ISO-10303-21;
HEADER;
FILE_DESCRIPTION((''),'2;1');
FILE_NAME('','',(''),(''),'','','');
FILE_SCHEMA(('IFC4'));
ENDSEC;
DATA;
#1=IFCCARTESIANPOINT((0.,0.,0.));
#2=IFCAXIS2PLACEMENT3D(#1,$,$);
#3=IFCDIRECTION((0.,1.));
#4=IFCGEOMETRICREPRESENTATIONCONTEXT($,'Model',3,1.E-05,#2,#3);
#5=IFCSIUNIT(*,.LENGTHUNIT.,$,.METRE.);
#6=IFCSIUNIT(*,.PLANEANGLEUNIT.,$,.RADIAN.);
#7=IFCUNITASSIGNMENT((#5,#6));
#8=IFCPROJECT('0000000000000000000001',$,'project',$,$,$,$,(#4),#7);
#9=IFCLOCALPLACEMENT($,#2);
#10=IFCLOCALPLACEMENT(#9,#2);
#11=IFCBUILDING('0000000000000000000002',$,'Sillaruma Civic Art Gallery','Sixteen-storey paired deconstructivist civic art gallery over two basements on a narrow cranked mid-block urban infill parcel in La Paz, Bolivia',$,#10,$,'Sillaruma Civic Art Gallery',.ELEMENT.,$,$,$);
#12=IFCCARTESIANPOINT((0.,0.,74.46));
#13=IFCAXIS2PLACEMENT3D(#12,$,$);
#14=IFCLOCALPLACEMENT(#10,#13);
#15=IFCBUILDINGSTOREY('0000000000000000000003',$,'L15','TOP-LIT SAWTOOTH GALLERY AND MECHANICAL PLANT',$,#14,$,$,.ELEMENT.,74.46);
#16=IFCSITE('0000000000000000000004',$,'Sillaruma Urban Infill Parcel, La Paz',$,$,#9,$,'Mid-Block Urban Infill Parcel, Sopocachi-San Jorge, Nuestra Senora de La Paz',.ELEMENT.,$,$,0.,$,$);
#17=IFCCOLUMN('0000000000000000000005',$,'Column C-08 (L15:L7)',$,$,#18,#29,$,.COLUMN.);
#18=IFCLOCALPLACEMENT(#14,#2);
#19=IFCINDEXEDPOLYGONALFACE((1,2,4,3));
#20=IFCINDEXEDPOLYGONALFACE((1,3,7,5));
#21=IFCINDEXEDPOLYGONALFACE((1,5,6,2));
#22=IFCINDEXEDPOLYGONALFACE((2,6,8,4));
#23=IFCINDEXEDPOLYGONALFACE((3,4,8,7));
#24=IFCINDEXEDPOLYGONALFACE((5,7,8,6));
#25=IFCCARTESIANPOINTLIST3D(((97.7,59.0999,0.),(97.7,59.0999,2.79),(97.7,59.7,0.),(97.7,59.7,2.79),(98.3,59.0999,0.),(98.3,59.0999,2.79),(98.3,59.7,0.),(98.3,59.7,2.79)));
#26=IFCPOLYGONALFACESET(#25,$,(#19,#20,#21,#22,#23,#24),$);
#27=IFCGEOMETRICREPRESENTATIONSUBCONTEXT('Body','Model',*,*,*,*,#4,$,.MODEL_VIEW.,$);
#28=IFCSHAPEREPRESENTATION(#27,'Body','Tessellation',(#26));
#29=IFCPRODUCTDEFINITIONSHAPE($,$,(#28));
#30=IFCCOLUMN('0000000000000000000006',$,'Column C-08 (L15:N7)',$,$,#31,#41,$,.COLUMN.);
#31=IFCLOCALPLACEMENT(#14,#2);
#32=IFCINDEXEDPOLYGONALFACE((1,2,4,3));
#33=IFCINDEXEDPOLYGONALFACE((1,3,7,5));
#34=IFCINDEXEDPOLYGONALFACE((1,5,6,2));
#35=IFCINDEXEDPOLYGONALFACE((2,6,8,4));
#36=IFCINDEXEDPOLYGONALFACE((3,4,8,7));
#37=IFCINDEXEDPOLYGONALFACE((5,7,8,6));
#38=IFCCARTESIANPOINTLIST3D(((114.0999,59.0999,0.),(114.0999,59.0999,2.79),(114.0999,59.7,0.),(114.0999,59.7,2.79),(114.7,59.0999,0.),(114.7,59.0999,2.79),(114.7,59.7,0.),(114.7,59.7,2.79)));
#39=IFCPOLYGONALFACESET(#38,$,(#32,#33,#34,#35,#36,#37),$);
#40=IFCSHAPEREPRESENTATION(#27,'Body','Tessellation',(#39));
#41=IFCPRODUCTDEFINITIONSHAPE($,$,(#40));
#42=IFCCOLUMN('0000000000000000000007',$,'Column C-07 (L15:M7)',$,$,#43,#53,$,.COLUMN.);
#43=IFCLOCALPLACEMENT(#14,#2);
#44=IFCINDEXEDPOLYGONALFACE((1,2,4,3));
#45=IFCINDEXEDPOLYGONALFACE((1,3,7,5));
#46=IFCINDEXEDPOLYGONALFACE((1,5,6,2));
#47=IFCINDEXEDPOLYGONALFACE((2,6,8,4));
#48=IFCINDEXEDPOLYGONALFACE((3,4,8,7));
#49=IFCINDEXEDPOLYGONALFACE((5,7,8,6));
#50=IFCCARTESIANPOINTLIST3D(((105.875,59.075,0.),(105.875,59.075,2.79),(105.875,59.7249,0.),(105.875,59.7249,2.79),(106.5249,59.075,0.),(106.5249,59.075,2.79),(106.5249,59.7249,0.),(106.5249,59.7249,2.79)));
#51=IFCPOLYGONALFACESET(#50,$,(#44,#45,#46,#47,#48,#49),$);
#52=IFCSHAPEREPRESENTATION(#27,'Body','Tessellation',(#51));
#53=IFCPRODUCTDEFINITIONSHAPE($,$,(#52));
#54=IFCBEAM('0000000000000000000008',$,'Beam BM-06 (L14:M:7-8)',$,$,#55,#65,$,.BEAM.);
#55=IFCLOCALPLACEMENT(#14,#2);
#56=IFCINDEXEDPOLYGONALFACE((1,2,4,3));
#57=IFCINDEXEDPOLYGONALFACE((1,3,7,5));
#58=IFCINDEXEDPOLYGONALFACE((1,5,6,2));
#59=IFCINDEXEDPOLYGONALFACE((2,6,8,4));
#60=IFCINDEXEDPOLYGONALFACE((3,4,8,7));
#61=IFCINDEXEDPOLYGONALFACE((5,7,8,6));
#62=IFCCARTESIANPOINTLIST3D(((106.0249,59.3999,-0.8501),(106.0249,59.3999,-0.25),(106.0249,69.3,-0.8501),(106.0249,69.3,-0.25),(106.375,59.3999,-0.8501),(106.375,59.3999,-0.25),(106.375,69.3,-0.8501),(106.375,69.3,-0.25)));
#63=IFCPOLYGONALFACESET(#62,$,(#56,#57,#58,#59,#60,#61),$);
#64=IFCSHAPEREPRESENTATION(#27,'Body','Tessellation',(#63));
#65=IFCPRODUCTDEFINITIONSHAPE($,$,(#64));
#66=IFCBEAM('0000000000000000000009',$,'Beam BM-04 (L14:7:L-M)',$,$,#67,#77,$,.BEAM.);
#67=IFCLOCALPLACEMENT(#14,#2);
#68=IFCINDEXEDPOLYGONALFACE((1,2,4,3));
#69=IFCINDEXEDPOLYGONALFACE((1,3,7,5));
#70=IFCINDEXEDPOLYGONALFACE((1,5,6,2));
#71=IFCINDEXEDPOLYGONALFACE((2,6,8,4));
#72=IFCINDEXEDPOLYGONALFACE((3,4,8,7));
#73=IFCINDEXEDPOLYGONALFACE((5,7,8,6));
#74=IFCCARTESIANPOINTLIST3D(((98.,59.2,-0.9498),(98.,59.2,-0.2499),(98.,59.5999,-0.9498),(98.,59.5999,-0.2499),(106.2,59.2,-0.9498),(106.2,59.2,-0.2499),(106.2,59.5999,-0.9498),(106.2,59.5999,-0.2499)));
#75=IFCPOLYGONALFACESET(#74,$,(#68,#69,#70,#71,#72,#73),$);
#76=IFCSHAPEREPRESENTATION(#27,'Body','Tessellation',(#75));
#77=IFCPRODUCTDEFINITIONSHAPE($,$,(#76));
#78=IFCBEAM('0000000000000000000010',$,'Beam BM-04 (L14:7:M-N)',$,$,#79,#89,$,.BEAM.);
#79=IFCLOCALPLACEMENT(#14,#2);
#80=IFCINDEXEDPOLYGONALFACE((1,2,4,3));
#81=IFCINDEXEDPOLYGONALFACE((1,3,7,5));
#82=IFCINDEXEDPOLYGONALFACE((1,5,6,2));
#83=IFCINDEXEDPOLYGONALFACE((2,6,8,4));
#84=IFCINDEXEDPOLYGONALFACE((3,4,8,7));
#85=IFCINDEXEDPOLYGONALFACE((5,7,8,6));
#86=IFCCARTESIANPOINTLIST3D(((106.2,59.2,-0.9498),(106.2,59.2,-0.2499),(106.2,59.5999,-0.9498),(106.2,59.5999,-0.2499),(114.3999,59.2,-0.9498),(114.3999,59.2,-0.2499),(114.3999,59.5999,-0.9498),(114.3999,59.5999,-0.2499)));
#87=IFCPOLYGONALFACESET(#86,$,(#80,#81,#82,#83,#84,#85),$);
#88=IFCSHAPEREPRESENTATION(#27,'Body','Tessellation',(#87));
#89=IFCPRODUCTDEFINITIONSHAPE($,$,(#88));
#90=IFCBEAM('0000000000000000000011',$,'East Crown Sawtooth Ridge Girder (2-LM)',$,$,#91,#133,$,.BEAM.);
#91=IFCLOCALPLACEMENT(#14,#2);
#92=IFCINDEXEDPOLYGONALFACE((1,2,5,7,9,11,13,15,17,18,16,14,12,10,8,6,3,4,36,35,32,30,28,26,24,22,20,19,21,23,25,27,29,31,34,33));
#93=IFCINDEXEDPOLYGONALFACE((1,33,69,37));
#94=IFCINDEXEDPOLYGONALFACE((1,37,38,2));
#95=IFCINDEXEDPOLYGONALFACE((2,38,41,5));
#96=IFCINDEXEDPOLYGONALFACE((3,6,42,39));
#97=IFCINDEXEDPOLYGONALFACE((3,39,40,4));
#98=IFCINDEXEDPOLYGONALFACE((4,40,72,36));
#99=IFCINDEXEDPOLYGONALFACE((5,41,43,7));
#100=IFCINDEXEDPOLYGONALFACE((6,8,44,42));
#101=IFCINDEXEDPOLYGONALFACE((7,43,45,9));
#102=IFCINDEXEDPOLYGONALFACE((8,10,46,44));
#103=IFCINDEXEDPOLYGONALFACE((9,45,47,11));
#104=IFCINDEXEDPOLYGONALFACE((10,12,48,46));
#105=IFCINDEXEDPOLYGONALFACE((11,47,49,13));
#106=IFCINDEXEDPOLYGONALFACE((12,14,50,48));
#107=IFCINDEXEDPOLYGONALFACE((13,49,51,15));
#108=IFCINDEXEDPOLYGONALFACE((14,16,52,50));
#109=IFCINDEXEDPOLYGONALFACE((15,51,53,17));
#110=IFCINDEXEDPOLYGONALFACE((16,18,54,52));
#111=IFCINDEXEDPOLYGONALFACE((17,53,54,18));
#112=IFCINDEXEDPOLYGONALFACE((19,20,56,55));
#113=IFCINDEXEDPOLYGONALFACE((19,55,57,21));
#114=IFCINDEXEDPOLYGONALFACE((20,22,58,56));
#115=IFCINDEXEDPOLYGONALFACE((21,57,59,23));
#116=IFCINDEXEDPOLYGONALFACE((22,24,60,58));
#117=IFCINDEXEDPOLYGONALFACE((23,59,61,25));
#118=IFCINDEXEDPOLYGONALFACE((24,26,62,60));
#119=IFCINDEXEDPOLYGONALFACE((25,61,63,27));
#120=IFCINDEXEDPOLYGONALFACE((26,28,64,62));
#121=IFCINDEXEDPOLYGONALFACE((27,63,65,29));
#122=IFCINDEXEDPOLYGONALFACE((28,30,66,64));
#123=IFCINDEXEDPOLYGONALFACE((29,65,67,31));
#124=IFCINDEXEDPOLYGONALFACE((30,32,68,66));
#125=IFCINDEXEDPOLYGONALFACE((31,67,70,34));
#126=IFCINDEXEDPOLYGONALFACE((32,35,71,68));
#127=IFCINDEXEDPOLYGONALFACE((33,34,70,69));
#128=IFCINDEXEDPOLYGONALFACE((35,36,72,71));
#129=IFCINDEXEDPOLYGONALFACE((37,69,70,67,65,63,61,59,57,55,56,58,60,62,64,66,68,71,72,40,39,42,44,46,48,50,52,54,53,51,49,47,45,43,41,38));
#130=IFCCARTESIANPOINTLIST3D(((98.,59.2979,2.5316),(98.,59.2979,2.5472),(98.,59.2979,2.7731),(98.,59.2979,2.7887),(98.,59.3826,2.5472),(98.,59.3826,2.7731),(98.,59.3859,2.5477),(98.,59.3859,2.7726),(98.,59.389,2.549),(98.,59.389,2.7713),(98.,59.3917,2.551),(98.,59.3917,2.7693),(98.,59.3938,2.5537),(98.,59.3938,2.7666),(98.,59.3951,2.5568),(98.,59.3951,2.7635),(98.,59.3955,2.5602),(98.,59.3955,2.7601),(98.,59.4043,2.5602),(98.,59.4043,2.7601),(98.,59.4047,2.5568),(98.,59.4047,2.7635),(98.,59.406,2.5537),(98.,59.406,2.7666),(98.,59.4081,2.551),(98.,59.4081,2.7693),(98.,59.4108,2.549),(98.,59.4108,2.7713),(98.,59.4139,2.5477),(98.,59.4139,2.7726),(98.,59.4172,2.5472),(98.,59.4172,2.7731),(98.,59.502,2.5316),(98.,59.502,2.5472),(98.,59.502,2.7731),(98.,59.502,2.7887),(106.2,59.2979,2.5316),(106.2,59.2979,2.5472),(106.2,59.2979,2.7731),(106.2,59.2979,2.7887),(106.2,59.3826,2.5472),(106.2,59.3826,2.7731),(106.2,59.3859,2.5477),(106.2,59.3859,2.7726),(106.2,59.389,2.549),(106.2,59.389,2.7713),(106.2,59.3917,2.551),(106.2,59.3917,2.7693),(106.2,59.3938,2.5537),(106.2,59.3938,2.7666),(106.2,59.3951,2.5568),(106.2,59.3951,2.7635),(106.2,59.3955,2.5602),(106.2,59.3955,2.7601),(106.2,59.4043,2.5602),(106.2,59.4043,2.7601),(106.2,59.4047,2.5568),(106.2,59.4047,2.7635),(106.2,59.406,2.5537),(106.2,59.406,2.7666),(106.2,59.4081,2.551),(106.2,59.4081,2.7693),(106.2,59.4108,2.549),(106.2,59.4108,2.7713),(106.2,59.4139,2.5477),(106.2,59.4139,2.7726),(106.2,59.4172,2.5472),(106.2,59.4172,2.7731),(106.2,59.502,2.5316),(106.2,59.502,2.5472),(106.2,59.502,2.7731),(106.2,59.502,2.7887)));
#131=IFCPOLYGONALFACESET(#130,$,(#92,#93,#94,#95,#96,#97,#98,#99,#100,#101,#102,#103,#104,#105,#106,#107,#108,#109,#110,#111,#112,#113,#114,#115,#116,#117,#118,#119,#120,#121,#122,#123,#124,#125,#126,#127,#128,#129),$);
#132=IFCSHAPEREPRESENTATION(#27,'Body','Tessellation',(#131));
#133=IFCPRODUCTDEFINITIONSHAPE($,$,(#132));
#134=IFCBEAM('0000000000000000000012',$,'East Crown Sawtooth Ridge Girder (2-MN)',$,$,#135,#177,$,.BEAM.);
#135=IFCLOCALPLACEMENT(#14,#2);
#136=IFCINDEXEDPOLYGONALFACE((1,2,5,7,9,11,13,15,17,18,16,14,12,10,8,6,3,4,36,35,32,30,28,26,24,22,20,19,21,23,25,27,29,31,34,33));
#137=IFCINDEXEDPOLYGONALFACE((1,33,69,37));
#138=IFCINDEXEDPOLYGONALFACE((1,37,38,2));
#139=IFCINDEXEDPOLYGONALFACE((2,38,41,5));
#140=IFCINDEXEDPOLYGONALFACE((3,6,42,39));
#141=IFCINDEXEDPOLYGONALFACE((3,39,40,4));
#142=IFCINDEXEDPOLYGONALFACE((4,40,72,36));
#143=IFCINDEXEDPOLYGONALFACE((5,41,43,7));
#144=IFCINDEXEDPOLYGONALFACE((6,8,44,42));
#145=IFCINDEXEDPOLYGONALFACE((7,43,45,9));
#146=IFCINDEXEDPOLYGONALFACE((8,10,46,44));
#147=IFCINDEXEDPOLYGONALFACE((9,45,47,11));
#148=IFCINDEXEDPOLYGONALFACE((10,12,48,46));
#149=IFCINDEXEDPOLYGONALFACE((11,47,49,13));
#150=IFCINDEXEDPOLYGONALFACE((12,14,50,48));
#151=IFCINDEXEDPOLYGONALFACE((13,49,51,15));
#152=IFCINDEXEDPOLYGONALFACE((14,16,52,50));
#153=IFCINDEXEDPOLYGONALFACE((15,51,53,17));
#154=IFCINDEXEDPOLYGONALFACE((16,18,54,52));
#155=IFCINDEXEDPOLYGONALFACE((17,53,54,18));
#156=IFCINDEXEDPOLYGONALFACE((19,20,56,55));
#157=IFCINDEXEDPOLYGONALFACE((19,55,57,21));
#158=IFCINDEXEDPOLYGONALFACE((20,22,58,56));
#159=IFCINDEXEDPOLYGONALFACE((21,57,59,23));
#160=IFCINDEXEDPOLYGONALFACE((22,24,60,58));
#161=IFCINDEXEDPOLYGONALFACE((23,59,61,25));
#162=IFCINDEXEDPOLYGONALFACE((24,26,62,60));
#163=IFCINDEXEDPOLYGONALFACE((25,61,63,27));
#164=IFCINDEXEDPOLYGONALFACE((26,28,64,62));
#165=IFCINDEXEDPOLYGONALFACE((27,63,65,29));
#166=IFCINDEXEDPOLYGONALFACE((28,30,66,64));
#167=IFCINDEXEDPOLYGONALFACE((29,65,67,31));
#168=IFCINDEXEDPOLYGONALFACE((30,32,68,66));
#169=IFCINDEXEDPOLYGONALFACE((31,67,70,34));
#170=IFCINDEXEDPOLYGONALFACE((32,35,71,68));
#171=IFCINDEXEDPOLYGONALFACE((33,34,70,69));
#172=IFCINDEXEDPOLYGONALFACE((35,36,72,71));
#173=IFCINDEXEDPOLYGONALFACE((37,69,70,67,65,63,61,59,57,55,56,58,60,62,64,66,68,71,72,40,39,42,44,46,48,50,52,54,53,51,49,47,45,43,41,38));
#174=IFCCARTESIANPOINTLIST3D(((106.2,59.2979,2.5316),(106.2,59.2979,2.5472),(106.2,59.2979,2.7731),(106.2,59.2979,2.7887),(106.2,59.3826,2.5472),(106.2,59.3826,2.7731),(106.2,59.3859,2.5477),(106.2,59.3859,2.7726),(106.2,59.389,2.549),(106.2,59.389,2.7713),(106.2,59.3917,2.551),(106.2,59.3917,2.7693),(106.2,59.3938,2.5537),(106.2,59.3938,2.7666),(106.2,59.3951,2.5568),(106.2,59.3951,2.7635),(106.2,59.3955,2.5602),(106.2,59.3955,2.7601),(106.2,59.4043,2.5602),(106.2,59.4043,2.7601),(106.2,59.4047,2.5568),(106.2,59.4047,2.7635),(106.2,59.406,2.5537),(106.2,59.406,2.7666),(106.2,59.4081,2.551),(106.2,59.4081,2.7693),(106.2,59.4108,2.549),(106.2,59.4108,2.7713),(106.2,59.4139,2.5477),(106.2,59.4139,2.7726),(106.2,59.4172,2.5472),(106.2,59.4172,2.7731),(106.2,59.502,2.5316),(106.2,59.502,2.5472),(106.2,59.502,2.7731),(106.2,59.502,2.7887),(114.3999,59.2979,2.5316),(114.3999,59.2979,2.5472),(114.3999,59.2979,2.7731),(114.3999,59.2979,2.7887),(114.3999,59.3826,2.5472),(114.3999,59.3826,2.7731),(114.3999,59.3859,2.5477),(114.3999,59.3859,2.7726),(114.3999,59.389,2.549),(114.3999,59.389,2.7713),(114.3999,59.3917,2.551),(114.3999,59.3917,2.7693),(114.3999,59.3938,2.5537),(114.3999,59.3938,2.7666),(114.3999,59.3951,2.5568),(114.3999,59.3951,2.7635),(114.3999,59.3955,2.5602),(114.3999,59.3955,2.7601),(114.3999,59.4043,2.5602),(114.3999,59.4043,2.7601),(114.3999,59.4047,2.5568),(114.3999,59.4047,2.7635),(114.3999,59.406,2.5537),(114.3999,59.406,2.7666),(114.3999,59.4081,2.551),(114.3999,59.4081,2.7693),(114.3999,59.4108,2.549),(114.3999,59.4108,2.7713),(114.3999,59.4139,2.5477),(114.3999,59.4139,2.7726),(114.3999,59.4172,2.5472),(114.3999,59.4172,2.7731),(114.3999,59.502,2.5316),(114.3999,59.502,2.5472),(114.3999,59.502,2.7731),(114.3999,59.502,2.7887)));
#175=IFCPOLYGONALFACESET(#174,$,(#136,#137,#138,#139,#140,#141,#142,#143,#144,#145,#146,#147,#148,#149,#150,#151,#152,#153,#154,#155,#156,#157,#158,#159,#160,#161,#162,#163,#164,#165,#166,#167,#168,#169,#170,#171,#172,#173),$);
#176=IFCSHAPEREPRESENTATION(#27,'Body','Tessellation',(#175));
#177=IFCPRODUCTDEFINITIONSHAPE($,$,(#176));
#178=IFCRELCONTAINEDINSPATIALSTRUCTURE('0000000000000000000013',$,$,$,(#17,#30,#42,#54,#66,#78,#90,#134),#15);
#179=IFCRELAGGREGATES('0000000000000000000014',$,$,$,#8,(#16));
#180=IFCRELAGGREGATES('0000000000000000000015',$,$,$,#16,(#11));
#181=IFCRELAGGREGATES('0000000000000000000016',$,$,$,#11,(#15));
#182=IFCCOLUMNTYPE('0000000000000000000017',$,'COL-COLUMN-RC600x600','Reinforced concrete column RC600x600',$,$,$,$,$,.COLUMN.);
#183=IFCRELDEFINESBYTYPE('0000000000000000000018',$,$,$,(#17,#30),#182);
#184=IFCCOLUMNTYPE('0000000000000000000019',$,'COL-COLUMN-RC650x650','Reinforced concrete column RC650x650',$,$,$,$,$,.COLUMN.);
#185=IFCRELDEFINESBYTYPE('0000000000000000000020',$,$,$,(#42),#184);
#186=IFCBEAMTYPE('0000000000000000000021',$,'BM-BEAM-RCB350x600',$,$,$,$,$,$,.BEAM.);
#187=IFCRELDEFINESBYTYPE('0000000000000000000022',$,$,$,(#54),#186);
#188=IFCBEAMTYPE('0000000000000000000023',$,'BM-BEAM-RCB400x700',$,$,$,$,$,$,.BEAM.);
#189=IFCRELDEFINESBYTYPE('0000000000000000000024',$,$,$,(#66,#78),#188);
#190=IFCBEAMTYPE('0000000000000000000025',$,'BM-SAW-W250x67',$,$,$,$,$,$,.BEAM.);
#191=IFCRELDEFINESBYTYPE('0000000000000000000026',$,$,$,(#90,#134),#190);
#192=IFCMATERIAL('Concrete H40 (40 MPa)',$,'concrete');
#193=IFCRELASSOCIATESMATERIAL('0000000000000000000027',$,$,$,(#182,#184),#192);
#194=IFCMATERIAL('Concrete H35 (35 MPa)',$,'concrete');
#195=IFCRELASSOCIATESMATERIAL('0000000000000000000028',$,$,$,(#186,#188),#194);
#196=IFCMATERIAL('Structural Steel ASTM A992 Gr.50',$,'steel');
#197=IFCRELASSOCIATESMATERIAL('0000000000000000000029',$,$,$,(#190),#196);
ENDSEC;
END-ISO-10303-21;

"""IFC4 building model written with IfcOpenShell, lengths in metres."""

from ifc_helpers import new_model, si_unit, direction, frame, origin, origin_2d, place, context, subcontext, project, spatial, rectangle, i_section, extrude, material, material_profile, profile_set, type_object, element, save


model = new_model("IFC4")

# Units and contexts
model_context = context("Model", 3, precision=1e-05, world=origin(), true_north=direction((0.0, 1.0)))
body_context = subcontext(model_context, "Body", "Model", "MODEL_VIEW")
ifc_project = project(units=[si_unit("LENGTHUNIT", "METRE"), si_unit("PLANEANGLEUNIT", "RADIAN")], contexts=[model_context])

# Site, building, storey
site_placement = place(None, origin())
site = spatial("IfcSite", under=ifc_project, at=site_placement, Name="Sillaruma Urban Infill Parcel, La Paz", LongName="Mid-Block Urban Infill Parcel, Sopocachi-San Jorge, Nuestra Senora de La Paz", CompositionType="ELEMENT", RefElevation=0.0)
building_placement = place(site_placement, origin())
building = spatial("IfcBuilding", under=site, at=building_placement, Name="Sillaruma Civic Art Gallery", Description="Sixteen-storey paired deconstructivist civic art gallery over two basements on a narrow cranked mid-block urban infill parcel in La Paz, Bolivia", LongName="Sillaruma Civic Art Gallery", CompositionType="ELEMENT")
storey_placement = place(building_placement, frame((0.0, 0.0, 74.46)))
storey = spatial("IfcBuildingStorey", under=building, at=storey_placement, Name="L15", Description="TOP-LIT SAWTOOTH GALLERY AND MECHANICAL PLANT", CompositionType="ELEMENT", Elevation=74.46)

# Columns
ifc_material_1 = material(Name="Concrete H40 (40 MPa)", Category="concrete")
ifc_material_profile_1 = material_profile(ifc_material_1, rectangle(XDim=0.6001, YDim=0.6001, at=origin_2d()), Name="RC600x600")
ifc_profile_set_1 = profile_set([ifc_material_profile_1], Name="Concrete H40 (40 MPa)")
column_type_1 = type_object("IfcColumnType", Name="COL-COLUMN-RC600x600", Description="Reinforced concrete column RC600x600", PredefinedType="COLUMN", material=ifc_profile_set_1)
for number, where, z_axis, x_axis, name in (
    (1, (98.0, 59.3999, 0.0), (0.0, 0.0, 1.0), (1.0, 0.0, 0.0), "Column C-08 (L15:L7)"),
    (2, (114.3999, 59.3999, 0.0), (0.0, 0.0, 1.0), (1.0, 0.0, 0.0), "Column C-08 (L15:N7)"),
):
    element("IfcColumn", number, at=place(storey_placement, frame(where, z_axis=z_axis, x_axis=x_axis)), inside=storey, type_object=column_type_1, Name=name, PredefinedType="COLUMN", context=body_context, shape_type="SweptSolid", body=[
        extrude(rectangle(XDim=0.6001, YDim=0.6001, at=origin_2d()), origin(), (0.0, 0.0, 1.0), 2.79),
    ])
ifc_material_profile_2 = material_profile(ifc_material_1, rectangle(XDim=0.6499, YDim=0.6499, at=origin_2d()), Name="RC650x650")
ifc_profile_set_2 = profile_set([ifc_material_profile_2], Name="Concrete H40 (40 MPa)")
column_type_2 = type_object("IfcColumnType", Name="COL-COLUMN-RC650x650", Description="Reinforced concrete column RC650x650", PredefinedType="COLUMN", material=ifc_profile_set_2)
column_placement = place(storey_placement, frame((106.2, 59.3999, 0.0), z_axis=(0.0, 0.0, 1.0), x_axis=(1.0, 0.0, 0.0)))
element("IfcColumn", 3, at=column_placement, inside=storey, type_object=column_type_2, Name="Column C-07 (L15:M7)", PredefinedType="COLUMN", context=body_context, shape_type="SweptSolid", body=[
    extrude(rectangle(XDim=0.6499, YDim=0.6499, at=origin_2d()), origin(), (0.0, 0.0, 1.0), 2.79),
])

# Beams
ifc_material_2 = material(Name="Concrete H35 (35 MPa)", Category="concrete")
ifc_material_profile_3 = material_profile(ifc_material_2, rectangle(XDim=0.3501, YDim=0.6001, at=origin_2d()), Name="RCB350x600")
ifc_profile_set_3 = profile_set([ifc_material_profile_3], Name="Concrete H35 (35 MPa)")
beam_type_1 = type_object("IfcBeamType", Name="BM-BEAM-RCB350x600", PredefinedType="BEAM", material=ifc_profile_set_3)
beam_placement = place(storey_placement, frame((106.2, 59.3999, -0.55), z_axis=(0.0, 1.0, 0.0), x_axis=(-1.0, 0.0, 0.0)))
element("IfcBeam", 4, at=beam_placement, inside=storey, type_object=beam_type_1, Name="Beam BM-06 (L14:M:7-8)", PredefinedType="BEAM", context=body_context, shape_type="SweptSolid", body=[
    extrude(rectangle(XDim=0.3501, YDim=0.6001, at=origin_2d()), origin(), (0.0, 0.0, 1.0), 9.9001),
])
ifc_material_profile_4 = material_profile(ifc_material_2, rectangle(XDim=0.3999, YDim=0.7, at=origin_2d()), Name="RCB400x700")
ifc_profile_set_4 = profile_set([ifc_material_profile_4], Name="Concrete H35 (35 MPa)")
beam_type_2 = type_object("IfcBeamType", Name="BM-BEAM-RCB400x700", PredefinedType="BEAM", material=ifc_profile_set_4)
for number, where, z_axis, x_axis, name in (
    (5, (98.0, 59.3999, -0.5999), (1.0, 0.0, 0.0), (0.0, 1.0, 0.0), "Beam BM-04 (L14:7:L-M)"),
    (6, (106.2, 59.3999, -0.5999), (1.0, 0.0, 0.0), (0.0, 1.0, 0.0), "Beam BM-04 (L14:7:M-N)"),
):
    element("IfcBeam", number, at=place(storey_placement, frame(where, z_axis=z_axis, x_axis=x_axis)), inside=storey, type_object=beam_type_2, Name=name, PredefinedType="BEAM", context=body_context, shape_type="SweptSolid", body=[
        extrude(rectangle(XDim=0.3999, YDim=0.7, at=origin_2d()), origin(), (0.0, 0.0, 1.0), 8.2),
    ])
ifc_material_3 = material(Name="Structural Steel ASTM A992 Gr.50", Category="steel")
ifc_material_profile_5 = material_profile(ifc_material_3, i_section(OverallWidth=0.2041, OverallDepth=0.2571, WebThickness=0.0088, FlangeThickness=0.0156, FilletRadius=0.0129, at=origin_2d()), Name="W250x67")
ifc_profile_set_5 = profile_set([ifc_material_profile_5], Name="Structural Steel ASTM A992 Gr.50")
beam_type_3 = type_object("IfcBeamType", Name="BM-SAW-W250x67", PredefinedType="BEAM", material=ifc_profile_set_5)
for number, where, z_axis, x_axis, name in (
    (7, (98.0, 59.3999, 2.6602), (1.0, 0.0, 0.0), (0.0, 1.0, 0.0), "East Crown Sawtooth Ridge Girder (2-LM)"),
    (8, (106.2, 59.3999, 2.6602), (1.0, 0.0, 0.0), (0.0, 1.0, 0.0), "East Crown Sawtooth Ridge Girder (2-MN)"),
):
    element("IfcBeam", number, at=place(storey_placement, frame(where, z_axis=z_axis, x_axis=x_axis)), inside=storey, type_object=beam_type_3, Name=name, PredefinedType="BEAM", context=body_context, shape_type="SweptSolid", body=[
        extrude(i_section(OverallWidth=0.2041, OverallDepth=0.2571, WebThickness=0.0088, FlangeThickness=0.0156, FilletRadius=0.0129, at=origin_2d()), origin(), (0.0, 0.0, 1.0), 8.2),
    ])

save(model, "model.ifc")
